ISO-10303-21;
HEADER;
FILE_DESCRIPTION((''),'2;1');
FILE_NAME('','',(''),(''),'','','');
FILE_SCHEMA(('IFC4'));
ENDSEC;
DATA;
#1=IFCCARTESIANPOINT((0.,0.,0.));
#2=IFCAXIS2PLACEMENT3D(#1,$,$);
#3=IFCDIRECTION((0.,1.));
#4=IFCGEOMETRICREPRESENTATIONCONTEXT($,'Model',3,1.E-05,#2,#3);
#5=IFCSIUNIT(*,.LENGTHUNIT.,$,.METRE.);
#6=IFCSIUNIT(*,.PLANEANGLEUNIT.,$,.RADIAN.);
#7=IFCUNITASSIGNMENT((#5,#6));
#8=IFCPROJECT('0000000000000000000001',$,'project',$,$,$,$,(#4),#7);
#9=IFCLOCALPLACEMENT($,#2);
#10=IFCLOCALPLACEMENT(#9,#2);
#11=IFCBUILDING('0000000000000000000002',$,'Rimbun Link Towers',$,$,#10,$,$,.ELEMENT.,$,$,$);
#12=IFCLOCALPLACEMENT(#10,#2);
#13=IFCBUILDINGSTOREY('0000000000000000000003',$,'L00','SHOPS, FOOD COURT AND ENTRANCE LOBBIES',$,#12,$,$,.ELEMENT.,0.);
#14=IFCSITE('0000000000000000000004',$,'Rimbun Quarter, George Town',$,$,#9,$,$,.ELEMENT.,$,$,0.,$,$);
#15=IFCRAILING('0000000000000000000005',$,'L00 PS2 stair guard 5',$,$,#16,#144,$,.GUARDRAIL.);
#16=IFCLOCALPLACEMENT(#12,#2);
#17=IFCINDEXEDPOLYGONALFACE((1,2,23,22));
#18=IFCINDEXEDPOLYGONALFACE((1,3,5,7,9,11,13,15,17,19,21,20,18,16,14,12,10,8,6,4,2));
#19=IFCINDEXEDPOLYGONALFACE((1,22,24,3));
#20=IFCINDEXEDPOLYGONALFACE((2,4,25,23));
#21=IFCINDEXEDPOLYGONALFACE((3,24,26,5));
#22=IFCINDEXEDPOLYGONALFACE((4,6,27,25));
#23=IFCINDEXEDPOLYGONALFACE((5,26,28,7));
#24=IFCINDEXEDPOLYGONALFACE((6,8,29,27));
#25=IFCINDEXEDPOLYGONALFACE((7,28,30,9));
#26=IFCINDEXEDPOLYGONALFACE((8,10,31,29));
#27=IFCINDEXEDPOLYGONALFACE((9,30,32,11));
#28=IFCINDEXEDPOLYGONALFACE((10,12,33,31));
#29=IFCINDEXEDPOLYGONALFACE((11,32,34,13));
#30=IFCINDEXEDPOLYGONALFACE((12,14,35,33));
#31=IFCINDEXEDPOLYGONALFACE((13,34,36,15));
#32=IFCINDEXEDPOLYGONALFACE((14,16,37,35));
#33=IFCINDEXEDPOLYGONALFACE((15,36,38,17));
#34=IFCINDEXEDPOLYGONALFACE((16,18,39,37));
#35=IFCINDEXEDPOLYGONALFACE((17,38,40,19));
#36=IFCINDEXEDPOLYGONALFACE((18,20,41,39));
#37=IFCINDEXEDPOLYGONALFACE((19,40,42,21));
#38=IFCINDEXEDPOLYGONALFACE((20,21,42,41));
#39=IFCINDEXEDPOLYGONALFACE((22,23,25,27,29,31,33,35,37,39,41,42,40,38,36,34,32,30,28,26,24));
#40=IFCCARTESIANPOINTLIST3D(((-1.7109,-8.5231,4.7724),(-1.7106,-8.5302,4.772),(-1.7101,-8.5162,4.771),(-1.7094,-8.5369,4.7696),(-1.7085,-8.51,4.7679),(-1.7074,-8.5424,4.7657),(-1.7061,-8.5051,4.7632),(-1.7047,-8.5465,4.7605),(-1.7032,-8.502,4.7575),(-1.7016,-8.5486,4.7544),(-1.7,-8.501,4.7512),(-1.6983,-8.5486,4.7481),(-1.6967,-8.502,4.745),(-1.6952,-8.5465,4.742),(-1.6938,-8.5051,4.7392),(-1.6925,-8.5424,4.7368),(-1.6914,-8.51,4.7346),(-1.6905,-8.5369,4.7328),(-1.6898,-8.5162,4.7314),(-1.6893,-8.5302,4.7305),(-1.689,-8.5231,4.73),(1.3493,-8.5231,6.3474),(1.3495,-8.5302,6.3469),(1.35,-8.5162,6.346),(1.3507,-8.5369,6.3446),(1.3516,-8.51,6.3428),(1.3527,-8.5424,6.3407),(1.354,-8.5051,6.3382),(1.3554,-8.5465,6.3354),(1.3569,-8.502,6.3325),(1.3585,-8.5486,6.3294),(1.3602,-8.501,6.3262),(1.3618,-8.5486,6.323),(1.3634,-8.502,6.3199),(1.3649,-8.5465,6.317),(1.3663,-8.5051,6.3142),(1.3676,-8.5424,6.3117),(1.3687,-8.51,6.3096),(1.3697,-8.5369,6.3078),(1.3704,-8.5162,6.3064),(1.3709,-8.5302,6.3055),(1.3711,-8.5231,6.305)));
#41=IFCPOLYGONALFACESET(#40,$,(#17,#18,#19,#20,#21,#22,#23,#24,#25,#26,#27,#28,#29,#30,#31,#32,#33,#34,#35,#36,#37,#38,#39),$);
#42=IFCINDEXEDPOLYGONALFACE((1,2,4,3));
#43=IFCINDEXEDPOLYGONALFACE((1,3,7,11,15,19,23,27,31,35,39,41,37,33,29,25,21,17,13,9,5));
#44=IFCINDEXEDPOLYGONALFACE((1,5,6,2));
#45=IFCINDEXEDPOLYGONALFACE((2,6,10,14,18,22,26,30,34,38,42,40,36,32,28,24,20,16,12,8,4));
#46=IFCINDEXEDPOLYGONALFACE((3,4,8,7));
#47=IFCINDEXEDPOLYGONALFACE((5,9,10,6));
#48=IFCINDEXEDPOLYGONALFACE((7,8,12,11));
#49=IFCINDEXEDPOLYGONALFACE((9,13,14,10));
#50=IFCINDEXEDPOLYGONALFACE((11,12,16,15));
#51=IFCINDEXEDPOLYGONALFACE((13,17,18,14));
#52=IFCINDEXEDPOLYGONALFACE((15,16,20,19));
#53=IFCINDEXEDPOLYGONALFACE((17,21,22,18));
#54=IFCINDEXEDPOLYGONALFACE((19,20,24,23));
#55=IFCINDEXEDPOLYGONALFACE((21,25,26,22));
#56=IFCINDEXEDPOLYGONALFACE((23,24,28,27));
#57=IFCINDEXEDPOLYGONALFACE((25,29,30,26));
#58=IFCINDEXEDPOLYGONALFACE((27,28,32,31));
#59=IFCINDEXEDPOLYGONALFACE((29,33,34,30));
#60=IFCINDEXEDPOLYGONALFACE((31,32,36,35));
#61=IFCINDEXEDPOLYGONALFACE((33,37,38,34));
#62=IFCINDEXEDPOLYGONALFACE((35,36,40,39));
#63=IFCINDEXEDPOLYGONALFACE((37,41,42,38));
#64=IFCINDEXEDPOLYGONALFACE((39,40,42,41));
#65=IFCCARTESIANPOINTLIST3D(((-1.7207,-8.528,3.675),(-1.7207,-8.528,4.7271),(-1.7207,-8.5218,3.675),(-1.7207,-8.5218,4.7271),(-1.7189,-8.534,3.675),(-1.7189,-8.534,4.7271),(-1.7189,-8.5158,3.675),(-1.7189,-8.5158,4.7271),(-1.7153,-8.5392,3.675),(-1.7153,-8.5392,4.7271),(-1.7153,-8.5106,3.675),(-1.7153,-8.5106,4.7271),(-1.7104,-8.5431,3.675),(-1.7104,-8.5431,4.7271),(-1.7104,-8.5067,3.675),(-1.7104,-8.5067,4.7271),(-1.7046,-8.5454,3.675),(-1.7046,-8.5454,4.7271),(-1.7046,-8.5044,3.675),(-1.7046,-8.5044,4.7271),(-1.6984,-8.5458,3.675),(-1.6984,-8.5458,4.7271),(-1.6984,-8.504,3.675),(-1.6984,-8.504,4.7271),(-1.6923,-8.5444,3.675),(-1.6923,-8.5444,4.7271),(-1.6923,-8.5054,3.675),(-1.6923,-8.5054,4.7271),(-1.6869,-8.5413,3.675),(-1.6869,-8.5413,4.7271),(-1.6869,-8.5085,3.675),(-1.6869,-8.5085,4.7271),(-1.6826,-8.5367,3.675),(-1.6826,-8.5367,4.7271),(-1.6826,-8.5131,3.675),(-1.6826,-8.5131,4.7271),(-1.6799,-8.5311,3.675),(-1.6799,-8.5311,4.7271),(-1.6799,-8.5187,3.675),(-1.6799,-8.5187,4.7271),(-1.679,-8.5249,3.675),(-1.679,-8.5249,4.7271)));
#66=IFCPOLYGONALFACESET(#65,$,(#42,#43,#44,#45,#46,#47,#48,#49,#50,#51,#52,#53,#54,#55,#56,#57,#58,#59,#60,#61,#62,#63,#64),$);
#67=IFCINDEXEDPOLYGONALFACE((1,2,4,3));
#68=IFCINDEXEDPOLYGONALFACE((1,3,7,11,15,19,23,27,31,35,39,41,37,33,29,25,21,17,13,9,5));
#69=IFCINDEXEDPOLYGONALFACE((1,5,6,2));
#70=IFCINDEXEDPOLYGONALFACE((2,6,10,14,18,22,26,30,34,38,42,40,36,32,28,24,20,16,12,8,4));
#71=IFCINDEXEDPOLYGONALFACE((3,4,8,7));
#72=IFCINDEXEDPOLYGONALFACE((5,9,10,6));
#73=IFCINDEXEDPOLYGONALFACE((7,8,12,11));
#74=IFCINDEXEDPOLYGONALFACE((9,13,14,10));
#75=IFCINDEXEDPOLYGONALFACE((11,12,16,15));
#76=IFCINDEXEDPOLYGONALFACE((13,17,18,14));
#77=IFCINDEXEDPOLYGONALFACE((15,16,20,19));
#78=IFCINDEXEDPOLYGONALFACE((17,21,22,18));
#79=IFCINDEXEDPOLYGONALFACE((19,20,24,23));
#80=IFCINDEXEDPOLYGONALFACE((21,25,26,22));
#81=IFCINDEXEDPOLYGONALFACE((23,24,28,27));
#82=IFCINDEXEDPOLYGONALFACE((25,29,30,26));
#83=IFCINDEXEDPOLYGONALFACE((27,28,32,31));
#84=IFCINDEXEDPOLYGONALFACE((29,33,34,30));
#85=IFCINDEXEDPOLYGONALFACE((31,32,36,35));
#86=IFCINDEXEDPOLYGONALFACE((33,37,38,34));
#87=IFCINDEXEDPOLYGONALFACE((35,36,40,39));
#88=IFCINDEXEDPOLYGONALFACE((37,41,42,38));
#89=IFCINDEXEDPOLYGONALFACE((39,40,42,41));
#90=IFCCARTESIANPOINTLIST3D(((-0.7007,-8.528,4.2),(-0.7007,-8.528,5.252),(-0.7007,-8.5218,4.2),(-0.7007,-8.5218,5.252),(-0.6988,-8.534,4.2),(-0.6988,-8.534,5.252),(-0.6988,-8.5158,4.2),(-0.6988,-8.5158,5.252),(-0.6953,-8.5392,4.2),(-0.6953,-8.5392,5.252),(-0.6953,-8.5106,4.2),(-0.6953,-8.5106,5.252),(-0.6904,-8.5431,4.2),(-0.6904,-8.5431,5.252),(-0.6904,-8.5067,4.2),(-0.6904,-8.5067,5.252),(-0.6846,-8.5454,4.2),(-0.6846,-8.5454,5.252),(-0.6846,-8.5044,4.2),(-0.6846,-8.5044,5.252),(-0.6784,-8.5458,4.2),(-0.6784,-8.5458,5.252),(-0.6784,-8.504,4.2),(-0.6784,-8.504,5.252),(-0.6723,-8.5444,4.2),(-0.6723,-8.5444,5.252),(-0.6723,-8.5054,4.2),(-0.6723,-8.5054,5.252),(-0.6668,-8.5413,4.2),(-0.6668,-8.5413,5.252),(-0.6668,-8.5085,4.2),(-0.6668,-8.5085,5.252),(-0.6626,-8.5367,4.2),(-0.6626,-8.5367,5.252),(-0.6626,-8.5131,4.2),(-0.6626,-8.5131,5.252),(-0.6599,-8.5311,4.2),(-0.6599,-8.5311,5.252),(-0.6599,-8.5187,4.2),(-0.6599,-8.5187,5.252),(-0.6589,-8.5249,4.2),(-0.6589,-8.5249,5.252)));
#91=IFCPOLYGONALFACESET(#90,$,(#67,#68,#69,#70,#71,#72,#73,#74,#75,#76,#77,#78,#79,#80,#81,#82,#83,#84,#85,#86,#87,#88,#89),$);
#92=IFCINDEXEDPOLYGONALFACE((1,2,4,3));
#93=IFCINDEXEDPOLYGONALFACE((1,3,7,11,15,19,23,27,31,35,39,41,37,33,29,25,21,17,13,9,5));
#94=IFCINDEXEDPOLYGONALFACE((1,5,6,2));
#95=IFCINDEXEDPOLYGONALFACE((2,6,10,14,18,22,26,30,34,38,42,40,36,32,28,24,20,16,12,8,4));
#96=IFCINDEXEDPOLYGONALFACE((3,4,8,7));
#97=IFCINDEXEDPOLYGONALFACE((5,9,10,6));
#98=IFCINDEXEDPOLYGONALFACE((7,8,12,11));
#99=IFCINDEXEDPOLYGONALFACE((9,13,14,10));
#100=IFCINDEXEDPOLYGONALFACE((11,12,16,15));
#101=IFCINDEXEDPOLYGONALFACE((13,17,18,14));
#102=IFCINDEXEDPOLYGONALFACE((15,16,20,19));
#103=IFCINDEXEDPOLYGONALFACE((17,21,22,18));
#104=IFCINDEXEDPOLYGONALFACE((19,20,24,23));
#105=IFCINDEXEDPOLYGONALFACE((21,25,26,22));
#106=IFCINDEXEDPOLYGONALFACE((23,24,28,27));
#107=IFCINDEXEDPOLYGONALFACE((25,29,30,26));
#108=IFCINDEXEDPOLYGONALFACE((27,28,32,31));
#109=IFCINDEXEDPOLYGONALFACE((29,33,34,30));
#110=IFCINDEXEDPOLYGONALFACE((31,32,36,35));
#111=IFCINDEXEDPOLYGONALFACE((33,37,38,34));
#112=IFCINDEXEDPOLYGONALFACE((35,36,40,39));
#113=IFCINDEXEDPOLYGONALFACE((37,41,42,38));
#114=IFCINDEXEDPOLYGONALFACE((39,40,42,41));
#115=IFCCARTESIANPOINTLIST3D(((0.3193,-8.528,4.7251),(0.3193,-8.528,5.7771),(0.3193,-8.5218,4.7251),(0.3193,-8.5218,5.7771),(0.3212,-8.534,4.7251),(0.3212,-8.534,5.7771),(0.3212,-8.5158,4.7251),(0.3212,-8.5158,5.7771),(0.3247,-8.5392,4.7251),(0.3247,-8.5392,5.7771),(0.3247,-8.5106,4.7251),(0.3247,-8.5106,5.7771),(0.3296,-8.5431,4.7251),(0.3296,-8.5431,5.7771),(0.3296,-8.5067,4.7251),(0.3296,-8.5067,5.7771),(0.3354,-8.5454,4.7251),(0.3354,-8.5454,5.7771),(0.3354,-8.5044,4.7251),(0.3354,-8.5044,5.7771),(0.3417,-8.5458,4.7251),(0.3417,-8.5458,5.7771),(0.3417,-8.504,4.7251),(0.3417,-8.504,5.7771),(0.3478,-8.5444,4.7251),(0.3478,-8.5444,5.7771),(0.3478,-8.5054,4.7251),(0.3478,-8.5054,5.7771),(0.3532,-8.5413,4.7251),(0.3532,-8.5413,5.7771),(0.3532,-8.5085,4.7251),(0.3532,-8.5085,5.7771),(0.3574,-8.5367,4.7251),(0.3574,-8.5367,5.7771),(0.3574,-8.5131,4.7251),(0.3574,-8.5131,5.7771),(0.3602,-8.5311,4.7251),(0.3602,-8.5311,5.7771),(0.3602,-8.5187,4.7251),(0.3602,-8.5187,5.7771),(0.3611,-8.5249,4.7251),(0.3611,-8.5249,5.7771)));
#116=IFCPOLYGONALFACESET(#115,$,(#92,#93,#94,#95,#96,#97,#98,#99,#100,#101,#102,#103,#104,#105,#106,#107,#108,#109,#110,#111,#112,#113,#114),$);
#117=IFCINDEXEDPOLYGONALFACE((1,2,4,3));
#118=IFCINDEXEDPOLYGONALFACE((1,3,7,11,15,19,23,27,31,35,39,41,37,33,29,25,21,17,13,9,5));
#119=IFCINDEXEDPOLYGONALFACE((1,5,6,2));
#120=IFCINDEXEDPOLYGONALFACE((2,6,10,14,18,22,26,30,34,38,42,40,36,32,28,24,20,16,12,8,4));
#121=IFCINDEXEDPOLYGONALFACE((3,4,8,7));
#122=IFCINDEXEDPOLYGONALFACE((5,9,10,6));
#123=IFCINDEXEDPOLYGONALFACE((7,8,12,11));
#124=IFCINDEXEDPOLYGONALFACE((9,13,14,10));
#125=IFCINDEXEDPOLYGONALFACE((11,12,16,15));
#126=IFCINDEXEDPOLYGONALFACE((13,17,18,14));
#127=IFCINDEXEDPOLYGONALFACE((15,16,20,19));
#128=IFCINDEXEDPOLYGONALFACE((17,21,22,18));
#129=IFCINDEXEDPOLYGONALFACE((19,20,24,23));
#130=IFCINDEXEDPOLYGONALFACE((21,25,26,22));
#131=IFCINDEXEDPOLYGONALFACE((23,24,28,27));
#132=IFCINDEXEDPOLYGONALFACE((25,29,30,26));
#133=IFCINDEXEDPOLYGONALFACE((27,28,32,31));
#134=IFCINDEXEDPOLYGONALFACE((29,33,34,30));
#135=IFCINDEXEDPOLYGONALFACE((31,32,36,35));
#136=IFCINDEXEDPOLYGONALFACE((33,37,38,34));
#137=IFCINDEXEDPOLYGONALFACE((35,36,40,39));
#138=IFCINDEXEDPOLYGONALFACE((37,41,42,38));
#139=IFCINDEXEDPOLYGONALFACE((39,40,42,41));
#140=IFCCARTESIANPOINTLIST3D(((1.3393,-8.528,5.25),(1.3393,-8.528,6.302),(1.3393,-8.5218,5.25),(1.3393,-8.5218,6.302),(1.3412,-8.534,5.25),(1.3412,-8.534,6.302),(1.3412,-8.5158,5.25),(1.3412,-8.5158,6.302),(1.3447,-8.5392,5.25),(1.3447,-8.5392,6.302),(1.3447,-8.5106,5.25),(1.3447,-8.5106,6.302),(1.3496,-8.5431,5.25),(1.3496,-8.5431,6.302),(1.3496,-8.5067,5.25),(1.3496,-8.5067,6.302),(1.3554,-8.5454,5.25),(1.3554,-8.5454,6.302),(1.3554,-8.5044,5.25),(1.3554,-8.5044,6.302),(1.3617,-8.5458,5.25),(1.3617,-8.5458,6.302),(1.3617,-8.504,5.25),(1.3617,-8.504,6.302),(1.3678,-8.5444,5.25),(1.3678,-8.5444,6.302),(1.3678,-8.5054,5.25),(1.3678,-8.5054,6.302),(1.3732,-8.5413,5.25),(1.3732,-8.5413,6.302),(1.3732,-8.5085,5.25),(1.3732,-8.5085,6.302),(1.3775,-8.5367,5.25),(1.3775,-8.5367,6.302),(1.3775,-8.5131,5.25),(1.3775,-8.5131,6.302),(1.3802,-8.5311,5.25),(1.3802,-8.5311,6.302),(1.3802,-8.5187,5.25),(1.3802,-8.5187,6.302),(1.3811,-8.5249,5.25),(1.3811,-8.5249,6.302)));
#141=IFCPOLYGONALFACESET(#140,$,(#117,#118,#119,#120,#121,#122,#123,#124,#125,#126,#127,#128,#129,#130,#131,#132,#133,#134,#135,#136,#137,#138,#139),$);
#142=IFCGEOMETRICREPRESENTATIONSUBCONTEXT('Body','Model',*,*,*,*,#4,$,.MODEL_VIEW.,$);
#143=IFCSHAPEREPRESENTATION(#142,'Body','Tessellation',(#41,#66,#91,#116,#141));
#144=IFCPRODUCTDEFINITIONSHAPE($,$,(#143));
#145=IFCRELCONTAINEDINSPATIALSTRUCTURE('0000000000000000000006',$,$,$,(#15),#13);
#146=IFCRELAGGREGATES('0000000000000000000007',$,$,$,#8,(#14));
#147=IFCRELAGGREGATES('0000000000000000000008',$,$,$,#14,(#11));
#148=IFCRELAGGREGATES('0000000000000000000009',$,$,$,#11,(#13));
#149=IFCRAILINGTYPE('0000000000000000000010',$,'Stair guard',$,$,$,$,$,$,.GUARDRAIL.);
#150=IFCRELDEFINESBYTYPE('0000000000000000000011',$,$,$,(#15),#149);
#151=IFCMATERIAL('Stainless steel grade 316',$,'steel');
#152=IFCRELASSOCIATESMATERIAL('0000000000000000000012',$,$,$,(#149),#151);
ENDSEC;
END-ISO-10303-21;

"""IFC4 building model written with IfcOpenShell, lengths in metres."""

from ifc_helpers import new_model, si_unit, direction, frame, origin, origin_2d, place, context, subcontext, project, spatial, circle, extrude, material, type_object, element, save


model = new_model("IFC4")

# Units and contexts
model_context = context("Model", 3, precision=1e-05, world=origin(), true_north=direction((0.0, 1.0)))
body_context = subcontext(model_context, "Body", "Model", "MODEL_VIEW")
ifc_project = project(units=[si_unit("LENGTHUNIT", "METRE"), si_unit("PLANEANGLEUNIT", "RADIAN")], contexts=[model_context])

# Site, building, storey
site_placement = place(None, origin())
site = spatial("IfcSite", under=ifc_project, at=site_placement, Name="Rimbun Quarter, George Town", CompositionType="ELEMENT", RefElevation=0.0)
building_placement = place(site_placement, origin())
building = spatial("IfcBuilding", under=site, at=building_placement, Name="Rimbun Link Towers", CompositionType="ELEMENT")
storey_placement = place(building_placement, origin())
storey = spatial("IfcBuildingStorey", under=building, at=storey_placement, Name="L00", Description="SHOPS, FOOD COURT AND ENTRANCE LOBBIES", CompositionType="ELEMENT", Elevation=0.0)

# Railing
ifc_material_1 = material(Name="Stainless steel grade 316", Category="steel")
railing_type_1 = type_object("IfcRailingType", Name="Stair guard", PredefinedType="GUARDRAIL", material=ifc_material_1)
railing_1_placement = place(storey_placement, frame((-1.7, -8.5249, 3.675)))
element("IfcRailing", 1, at=railing_1_placement, inside=storey, type_object=railing_type_1, Name="L00 PS2 stair guard 5", PredefinedType="GUARDRAIL", context=body_context, shape_type="SweptSolid", body=[
    extrude(circle(Radius=0.0239, at=origin_2d()), frame((0.0, 0.0, 1.0762), z_axis=(0.889145, 0.0, 0.457625), x_axis=(0.0, 1.0, 0.0)), (0.0, 0.0, 1.0), 3.4417),
    extrude(circle(Radius=0.021, at=origin_2d()), origin(), (0.0, 0.0, 1.0), 1.052),
    extrude(circle(Radius=0.021, at=origin_2d()), frame((1.02, 0.0, 0.5249)), (0.0, 0.0, 1.0), 1.052),
    extrude(circle(Radius=0.021, at=origin_2d()), frame((2.04, 0.0, 1.05)), (0.0, 0.0, 1.0), 1.052),
    extrude(circle(Radius=0.021, at=origin_2d()), frame((3.0601, 0.0, 1.575)), (0.0, 0.0, 1.0), 1.052),
])

save(model, "model.ifc")
